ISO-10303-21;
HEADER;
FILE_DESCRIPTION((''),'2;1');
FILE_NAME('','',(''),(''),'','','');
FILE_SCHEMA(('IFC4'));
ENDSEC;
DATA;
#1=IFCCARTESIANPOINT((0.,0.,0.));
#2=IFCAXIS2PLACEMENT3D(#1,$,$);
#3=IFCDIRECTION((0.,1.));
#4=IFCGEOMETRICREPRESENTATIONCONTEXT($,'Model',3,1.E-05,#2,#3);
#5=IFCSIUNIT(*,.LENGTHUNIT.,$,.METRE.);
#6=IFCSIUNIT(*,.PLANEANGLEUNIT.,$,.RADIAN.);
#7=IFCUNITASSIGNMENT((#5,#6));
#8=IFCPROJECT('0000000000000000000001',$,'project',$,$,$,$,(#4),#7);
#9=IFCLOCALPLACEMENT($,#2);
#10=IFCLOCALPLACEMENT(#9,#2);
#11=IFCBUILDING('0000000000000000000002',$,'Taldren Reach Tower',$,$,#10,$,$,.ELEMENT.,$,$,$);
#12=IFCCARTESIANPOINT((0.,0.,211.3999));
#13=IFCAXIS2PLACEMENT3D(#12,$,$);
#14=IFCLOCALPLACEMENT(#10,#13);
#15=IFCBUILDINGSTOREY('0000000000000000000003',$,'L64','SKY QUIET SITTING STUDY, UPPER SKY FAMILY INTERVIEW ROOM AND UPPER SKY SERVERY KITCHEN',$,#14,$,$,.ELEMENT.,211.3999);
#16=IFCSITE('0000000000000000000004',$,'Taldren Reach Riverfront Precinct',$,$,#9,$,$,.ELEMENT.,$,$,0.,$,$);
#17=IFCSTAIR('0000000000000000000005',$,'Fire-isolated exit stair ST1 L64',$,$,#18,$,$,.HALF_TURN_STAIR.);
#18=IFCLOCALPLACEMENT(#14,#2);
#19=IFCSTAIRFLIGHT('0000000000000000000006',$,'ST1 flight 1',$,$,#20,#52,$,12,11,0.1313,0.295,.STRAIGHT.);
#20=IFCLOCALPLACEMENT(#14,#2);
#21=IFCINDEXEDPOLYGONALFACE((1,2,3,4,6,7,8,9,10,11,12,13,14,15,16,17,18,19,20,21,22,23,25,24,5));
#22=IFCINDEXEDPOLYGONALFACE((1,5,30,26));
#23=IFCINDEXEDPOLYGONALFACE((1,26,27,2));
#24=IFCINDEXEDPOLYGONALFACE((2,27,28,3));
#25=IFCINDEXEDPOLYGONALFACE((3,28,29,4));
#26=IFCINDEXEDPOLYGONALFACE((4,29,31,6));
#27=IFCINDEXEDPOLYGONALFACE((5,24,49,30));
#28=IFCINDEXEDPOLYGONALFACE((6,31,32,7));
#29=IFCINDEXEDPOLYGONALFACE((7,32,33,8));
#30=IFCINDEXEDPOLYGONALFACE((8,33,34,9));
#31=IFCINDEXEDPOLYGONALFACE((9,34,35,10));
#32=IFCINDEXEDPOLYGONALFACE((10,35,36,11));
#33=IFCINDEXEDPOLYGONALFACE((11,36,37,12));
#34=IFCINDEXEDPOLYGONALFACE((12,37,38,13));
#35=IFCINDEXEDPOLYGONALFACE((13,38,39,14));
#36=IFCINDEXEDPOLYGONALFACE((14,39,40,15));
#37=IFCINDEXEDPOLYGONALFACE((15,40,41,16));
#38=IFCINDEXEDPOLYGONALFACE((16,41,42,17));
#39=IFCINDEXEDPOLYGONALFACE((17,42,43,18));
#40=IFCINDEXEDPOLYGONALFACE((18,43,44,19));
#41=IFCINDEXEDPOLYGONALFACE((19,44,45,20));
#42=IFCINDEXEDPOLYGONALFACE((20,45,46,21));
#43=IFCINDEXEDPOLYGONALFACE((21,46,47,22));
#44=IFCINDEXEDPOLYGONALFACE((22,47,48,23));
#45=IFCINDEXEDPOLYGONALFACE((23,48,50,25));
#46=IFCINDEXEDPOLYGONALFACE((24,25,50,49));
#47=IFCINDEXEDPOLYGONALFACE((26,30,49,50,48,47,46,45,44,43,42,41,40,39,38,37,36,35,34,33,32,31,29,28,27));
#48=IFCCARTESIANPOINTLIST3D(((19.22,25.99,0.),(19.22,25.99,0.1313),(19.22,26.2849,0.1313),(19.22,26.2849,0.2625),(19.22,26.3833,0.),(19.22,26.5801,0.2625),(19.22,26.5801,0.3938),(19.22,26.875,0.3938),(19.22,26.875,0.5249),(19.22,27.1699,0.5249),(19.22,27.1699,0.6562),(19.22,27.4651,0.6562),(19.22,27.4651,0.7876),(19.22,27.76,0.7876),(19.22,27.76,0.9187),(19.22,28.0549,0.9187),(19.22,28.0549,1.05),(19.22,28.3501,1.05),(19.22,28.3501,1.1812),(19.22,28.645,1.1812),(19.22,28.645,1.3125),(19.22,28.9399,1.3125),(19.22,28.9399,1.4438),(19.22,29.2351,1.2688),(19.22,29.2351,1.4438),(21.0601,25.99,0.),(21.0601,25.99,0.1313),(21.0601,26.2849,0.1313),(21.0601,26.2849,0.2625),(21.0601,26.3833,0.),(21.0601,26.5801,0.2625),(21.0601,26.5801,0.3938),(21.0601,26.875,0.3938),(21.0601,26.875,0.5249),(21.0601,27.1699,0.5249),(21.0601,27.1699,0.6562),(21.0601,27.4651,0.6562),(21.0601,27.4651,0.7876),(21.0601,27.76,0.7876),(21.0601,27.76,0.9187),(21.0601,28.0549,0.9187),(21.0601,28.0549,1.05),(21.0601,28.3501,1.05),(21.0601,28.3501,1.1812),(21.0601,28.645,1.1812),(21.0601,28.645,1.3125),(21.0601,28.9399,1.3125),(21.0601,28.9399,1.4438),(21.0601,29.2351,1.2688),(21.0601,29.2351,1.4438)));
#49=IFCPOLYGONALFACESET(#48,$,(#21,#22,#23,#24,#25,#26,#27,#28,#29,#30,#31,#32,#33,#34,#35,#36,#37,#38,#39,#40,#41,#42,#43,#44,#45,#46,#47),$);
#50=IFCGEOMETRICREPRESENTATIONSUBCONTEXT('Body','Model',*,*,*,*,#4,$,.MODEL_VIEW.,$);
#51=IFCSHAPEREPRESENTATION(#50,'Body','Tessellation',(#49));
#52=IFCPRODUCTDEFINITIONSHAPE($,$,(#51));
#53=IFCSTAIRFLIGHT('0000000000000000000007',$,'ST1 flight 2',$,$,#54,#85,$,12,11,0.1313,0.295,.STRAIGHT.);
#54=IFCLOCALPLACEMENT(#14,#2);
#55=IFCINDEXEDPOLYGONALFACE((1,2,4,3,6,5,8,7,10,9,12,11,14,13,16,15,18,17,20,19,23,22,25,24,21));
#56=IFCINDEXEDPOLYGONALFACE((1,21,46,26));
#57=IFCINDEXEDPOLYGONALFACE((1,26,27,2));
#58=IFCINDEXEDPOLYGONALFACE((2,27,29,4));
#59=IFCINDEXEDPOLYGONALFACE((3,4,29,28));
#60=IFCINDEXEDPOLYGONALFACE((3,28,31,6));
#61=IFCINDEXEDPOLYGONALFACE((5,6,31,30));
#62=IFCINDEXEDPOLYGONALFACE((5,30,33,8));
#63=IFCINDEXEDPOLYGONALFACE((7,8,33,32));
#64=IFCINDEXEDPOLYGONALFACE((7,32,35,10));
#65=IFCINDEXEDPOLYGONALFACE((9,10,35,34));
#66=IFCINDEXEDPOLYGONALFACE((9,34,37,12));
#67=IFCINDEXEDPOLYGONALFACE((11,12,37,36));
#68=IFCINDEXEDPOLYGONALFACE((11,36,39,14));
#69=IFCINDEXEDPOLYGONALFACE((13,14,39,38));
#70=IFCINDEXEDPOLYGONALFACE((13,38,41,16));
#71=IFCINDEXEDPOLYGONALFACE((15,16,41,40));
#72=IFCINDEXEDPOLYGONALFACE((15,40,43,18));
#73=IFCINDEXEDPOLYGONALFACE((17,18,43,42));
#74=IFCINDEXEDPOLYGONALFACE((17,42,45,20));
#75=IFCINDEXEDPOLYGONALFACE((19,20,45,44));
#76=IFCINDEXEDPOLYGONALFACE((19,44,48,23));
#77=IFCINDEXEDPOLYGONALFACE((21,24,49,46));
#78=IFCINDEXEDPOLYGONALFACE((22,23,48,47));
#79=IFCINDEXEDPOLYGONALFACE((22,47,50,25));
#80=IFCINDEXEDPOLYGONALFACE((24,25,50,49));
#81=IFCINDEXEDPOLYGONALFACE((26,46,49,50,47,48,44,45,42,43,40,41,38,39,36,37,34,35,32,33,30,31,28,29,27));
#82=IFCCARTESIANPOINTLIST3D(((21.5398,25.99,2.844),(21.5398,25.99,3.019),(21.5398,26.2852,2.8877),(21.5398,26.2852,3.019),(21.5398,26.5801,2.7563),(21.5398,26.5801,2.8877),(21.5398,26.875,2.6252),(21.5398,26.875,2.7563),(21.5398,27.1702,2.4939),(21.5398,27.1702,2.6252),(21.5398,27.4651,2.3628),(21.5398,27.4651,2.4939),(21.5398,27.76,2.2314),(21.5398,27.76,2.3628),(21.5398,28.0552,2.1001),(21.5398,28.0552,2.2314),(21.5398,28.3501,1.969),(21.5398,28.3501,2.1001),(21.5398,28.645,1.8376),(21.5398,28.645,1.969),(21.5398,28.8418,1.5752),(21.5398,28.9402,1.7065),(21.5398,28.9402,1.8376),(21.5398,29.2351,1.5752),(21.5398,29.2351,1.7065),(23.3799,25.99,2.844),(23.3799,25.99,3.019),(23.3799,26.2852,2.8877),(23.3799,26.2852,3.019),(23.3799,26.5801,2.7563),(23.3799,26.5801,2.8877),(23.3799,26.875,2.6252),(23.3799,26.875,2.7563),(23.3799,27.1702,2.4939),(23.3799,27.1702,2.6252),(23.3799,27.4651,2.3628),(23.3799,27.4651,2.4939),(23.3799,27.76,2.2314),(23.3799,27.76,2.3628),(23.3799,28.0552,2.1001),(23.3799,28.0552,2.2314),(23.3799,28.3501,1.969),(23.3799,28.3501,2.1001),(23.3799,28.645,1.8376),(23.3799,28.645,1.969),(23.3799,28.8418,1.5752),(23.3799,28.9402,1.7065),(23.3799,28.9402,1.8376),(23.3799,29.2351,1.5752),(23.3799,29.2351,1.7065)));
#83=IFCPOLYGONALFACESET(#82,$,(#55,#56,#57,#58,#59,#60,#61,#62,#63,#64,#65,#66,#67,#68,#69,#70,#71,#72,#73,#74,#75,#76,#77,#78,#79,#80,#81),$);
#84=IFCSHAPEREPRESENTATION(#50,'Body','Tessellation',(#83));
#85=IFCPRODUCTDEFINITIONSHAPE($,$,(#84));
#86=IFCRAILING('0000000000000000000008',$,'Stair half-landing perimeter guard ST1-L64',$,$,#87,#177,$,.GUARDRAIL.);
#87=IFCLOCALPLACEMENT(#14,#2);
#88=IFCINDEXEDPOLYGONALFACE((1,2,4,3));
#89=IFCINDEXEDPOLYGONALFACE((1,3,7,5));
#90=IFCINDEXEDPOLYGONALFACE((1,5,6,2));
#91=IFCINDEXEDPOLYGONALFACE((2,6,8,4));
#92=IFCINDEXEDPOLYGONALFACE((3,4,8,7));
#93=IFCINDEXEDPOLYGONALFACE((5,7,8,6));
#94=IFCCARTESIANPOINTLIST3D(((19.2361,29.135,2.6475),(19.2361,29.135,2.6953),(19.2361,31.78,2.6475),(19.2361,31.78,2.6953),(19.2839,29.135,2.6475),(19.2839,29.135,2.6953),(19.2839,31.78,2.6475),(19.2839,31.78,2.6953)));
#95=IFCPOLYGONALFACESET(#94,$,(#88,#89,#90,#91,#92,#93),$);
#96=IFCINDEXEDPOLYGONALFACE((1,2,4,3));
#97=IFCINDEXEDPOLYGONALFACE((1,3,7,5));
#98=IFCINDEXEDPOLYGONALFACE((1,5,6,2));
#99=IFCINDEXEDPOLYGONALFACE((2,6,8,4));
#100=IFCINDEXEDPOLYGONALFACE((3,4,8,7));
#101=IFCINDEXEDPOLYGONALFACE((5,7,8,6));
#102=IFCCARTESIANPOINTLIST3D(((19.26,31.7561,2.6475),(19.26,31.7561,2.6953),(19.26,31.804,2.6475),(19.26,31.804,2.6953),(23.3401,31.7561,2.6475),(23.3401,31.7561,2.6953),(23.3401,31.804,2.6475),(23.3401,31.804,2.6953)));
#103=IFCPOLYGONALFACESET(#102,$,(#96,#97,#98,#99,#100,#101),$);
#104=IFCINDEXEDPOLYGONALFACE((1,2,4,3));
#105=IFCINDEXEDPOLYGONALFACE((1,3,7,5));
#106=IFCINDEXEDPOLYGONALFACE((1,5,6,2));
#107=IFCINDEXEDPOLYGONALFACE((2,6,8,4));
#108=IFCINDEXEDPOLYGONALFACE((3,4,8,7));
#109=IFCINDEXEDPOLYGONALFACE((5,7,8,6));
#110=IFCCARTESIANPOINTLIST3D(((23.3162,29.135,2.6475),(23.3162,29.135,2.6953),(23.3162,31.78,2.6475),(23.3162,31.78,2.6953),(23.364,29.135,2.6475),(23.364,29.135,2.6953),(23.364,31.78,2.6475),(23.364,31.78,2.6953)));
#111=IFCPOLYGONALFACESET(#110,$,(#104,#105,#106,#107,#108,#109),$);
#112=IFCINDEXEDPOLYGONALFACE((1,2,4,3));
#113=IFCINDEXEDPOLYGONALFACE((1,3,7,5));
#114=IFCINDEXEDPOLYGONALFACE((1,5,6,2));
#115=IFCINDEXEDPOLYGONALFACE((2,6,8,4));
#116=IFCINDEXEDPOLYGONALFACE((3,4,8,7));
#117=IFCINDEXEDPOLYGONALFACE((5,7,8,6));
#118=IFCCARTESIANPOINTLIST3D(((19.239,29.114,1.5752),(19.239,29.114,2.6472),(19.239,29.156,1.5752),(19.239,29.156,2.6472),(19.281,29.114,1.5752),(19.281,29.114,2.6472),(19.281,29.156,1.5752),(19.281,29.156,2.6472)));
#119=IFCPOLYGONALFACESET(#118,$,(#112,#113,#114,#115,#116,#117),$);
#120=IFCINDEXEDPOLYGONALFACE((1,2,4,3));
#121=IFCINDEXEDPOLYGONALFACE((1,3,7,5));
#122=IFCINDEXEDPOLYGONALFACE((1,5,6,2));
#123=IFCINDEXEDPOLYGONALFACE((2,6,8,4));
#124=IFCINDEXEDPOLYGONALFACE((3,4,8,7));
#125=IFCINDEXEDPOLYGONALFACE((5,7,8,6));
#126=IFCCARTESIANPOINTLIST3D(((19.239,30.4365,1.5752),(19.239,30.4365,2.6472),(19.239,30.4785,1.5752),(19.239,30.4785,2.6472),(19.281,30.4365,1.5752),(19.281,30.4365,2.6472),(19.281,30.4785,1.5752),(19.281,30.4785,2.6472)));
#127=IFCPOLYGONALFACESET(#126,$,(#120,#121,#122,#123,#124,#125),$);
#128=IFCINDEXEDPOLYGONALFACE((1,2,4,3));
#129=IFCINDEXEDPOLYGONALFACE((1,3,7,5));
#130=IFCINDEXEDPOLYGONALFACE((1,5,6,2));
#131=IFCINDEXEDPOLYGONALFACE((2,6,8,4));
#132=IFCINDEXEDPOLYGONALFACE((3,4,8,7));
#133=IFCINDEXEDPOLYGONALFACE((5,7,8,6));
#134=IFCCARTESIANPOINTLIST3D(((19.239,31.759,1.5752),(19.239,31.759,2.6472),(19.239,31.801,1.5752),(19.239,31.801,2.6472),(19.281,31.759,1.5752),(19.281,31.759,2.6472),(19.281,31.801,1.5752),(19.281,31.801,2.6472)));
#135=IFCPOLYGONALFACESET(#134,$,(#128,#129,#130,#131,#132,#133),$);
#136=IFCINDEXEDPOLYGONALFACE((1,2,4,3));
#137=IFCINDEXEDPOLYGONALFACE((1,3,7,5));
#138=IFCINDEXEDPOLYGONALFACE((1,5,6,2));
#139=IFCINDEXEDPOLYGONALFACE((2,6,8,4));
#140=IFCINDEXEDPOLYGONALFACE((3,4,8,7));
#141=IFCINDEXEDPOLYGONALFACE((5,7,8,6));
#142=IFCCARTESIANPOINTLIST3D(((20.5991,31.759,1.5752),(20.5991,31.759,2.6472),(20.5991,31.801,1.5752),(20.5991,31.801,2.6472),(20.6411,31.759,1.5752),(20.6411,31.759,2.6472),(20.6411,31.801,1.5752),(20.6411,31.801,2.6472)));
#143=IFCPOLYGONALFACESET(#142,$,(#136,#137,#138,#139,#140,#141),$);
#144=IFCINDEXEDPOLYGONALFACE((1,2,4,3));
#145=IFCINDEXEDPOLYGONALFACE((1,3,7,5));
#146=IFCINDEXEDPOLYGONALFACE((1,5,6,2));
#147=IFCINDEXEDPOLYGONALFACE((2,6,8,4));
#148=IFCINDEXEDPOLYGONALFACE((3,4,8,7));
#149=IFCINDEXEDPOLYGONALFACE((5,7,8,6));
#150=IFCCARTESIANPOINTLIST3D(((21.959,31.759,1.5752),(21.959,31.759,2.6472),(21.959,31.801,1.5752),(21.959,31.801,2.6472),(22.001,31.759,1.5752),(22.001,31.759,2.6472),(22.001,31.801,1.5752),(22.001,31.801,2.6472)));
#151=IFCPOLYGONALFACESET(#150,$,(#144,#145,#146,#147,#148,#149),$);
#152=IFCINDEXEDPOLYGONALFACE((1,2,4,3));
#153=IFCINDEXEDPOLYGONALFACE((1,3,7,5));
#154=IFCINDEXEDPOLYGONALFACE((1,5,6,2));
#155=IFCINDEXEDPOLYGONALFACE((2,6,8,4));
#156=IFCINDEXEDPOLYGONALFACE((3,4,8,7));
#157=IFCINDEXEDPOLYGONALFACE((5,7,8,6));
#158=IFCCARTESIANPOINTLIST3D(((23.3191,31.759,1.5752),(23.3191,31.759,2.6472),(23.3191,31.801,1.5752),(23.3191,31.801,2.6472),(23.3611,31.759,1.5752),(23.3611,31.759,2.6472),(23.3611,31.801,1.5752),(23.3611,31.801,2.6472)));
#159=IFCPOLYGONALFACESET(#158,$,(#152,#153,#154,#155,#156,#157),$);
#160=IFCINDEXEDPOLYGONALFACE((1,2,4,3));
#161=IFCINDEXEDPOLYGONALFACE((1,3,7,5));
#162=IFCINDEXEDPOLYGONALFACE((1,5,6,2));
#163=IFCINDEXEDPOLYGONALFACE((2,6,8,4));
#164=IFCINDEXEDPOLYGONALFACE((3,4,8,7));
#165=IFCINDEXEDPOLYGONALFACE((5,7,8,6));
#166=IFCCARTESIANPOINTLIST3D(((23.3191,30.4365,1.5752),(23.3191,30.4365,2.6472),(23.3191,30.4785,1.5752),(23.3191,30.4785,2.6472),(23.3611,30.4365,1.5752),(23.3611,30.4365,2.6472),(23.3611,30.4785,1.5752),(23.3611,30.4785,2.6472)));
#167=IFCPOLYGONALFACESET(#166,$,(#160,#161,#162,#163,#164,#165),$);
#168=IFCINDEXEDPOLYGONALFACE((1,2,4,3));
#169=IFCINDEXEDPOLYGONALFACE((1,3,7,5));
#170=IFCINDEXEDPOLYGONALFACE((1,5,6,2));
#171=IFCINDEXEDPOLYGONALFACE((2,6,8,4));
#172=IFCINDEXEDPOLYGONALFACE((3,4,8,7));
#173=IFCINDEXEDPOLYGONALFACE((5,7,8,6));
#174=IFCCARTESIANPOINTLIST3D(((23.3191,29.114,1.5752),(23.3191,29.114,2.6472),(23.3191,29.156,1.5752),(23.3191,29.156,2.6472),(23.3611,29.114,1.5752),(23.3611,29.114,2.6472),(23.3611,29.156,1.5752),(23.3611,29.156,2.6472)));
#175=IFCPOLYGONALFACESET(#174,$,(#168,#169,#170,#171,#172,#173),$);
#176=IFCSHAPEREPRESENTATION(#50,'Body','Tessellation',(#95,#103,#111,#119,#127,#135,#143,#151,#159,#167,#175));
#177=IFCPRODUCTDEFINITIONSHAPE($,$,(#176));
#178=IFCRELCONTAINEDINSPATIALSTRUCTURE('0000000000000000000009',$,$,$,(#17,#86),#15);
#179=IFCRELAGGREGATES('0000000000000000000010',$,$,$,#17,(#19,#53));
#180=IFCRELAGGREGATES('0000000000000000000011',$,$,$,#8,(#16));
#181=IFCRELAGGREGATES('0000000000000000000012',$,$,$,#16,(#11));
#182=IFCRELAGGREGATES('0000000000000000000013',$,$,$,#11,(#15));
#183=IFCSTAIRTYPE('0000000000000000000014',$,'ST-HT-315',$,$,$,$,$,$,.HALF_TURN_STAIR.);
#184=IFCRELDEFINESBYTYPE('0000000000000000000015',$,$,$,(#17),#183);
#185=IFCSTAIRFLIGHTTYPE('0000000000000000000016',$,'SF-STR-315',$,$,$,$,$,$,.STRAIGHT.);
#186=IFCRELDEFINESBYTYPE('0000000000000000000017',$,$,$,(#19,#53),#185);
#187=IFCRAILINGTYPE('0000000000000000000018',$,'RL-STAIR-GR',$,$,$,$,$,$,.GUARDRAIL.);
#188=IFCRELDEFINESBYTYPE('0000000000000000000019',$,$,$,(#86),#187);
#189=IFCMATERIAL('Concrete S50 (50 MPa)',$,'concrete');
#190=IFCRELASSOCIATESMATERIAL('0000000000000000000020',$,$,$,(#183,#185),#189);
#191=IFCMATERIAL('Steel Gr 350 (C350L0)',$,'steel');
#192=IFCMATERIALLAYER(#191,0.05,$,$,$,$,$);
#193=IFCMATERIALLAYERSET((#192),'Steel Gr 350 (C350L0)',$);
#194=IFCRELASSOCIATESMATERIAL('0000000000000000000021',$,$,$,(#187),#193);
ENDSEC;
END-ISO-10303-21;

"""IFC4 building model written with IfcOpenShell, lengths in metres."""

from ifc_helpers import new_model, si_unit, direction, frame, origin, origin_2d, place, context, subcontext, project, spatial, polyline, rectangle, outline, extrude, material, layer, layer_set, type_object, element, aggregate, save


model = new_model("IFC4")

# Units and contexts
model_context = context("Model", 3, precision=1e-05, world=origin(), true_north=direction((0.0, 1.0)))
body_context = subcontext(model_context, "Body", "Model", "MODEL_VIEW")
ifc_project = project(units=[si_unit("LENGTHUNIT", "METRE"), si_unit("PLANEANGLEUNIT", "RADIAN")], contexts=[model_context])

# Site, building, storey
site_placement = place(None, origin())
site = spatial("IfcSite", under=ifc_project, at=site_placement, Name="Taldren Reach Riverfront Precinct", CompositionType="ELEMENT", RefElevation=0.0)
building_placement = place(site_placement, origin())
building = spatial("IfcBuilding", under=site, at=building_placement, Name="Taldren Reach Tower", CompositionType="ELEMENT")
storey_placement = place(building_placement, frame((0.0, 0.0, 211.3999)))
storey = spatial("IfcBuildingStorey", under=building, at=storey_placement, Name="L64", Description="SKY QUIET SITTING STUDY, UPPER SKY FAMILY INTERVIEW ROOM AND UPPER SKY SERVERY KITCHEN", CompositionType="ELEMENT", Elevation=211.3999)

# Shared definitions
ifc_material_1 = material(Name="Steel Gr 350 (C350L0)", Category="steel")

# Stair, stair flights
ifc_material_2 = material(Name="Concrete S50 (50 MPa)", Category="concrete")
stair_type = type_object("IfcStairType", Name="ST-HT-315", PredefinedType="HALF_TURN_STAIR", material=ifc_material_2)
stair_placement = place(storey_placement, origin())
stair = element("IfcStair", 1, at=stair_placement, inside=storey, type_object=stair_type, Name="Fire-isolated exit stair ST1 L64", PredefinedType="HALF_TURN_STAIR")
stair_flight_type = type_object("IfcStairFlightType", Name="SF-STR-315", PredefinedType="STRAIGHT", material=ifc_material_2)
stair_flight_1_placement = place(storey_placement, frame((20.1399, 25.99, 0.0), z_axis=(0.0, 0.0, 1.0), x_axis=(0.0, 1.0, 0.0)))
stair_flight_1 = element("IfcStairFlight", 2, at=stair_flight_1_placement, type_object=stair_flight_type, Name="ST1 flight 1", NumberOfRisers=12, NumberOfTreads=11, PredefinedType="STRAIGHT", RiserHeight=0.1313, TreadLength=0.295, context=body_context, shape_type="SweptSolid", body=[
    extrude(outline(polyline([(0.0, 0.0), (0.0, 0.1313), (0.2949, 0.1313), (0.2949, 0.2625), (0.5901, 0.2625), (0.5901, 0.3938), (0.885, 0.3938), (0.885, 0.5249), (1.1799, 0.5249), (1.1799, 0.6562), (1.4751, 0.6562), (1.4751, 0.7876), (1.77, 0.7876), (1.77, 0.9187), (2.0649, 0.9187), (2.0649, 1.05), (2.3601, 1.05), (2.3601, 1.1812), (2.655, 1.1812), (2.655, 1.3125), (2.95, 1.3125), (2.95, 1.4438), (3.2451, 1.4438), (3.2451, 1.575), (3.2451, 1.2688), (0.3933, 0.0), (0.0, 0.0)])), frame((0.0, 0.9199, 0.0), z_axis=(0.0, -1.0, 0.0), x_axis=(1.0, 0.0, 0.0)), (0.0, 0.0, 1.0), 1.8401),
])
stair_flight_2_placement = place(storey_placement, frame((22.46, 29.2351, 1.5752), z_axis=(0.0, 0.0, 1.0), x_axis=(0.0, -1.0, 0.0)))
stair_flight_2 = element("IfcStairFlight", 3, at=stair_flight_2_placement, type_object=stair_flight_type, Name="ST1 flight 2", NumberOfRisers=12, NumberOfTreads=11, PredefinedType="STRAIGHT", RiserHeight=0.1313, TreadLength=0.295, context=body_context, shape_type="SweptSolid", body=[
    extrude(outline(polyline([(0.0, 0.0), (0.0, 0.1313), (0.2949, 0.1313), (0.2949, 0.2625), (0.5901, 0.2625), (0.5901, 0.3938), (0.885, 0.3938), (0.885, 0.5249), (1.1799, 0.5249), (1.1799, 0.6562), (1.4751, 0.6562), (1.4751, 0.7876), (1.77, 0.7876), (1.77, 0.9187), (2.0649, 0.9187), (2.0649, 1.05), (2.3601, 1.05), (2.3601, 1.1812), (2.655, 1.1812), (2.655, 1.3125), (2.95, 1.3125), (2.95, 1.4438), (3.2451, 1.4438), (3.2451, 1.575), (3.2451, 1.2688), (0.3933, 0.0), (0.0, 0.0)])), frame((0.0, 0.9199, 0.0), z_axis=(0.0, -1.0, 0.0), x_axis=(1.0, 0.0, 0.0)), (0.0, 0.0, 1.0), 1.8401),
])
aggregate(stair, [stair_flight_1, stair_flight_2])

# Railing
ifc_layer_1 = layer(ifc_material_1, 0.05)
ifc_layer_set_1 = layer_set([ifc_layer_1], Name="Steel Gr 350 (C350L0)")
railing_type_1 = type_object("IfcRailingType", Name="RL-STAIR-GR", PredefinedType="GUARDRAIL", material=ifc_layer_set_1)
railing_1_placement = place(storey_placement, frame((19.26, 29.135, 1.5752)))
element("IfcRailing", 4, at=railing_1_placement, inside=storey, type_object=railing_type_1, Name="Stair half-landing perimeter guard ST1-L64", PredefinedType="GUARDRAIL", context=body_context, shape_type="SweptSolid", body=[
    extrude(rectangle(XDim=0.0479, YDim=0.0479, at=origin_2d()), frame((0.0, 0.0, 1.0962), z_axis=(0.0, 1.0, 0.0), x_axis=(-1.0, 0.0, 0.0)), (0.0, 0.0, 1.0), 2.645),
    extrude(rectangle(XDim=0.0479, YDim=0.0479, at=origin_2d()), frame((0.0, 2.645, 1.0962), z_axis=(1.0, 0.0, 0.0), x_axis=(0.0, 1.0, 0.0)), (0.0, 0.0, 1.0), 4.0801),
    extrude(rectangle(XDim=0.0479, YDim=0.0479, at=origin_2d()), frame((4.0801, 2.645, 1.0962), z_axis=(0.0, -1.0, 0.0), x_axis=(1.0, 0.0, 0.0)), (0.0, 0.0, 1.0), 2.645),
    extrude(rectangle(XDim=0.042, YDim=0.042, at=origin_2d()), origin(), (0.0, 0.0, 1.0), 1.072),
    extrude(rectangle(XDim=0.042, YDim=0.042, at=origin_2d()), frame((0.0, 1.3225, 0.0)), (0.0, 0.0, 1.0), 1.072),
    extrude(rectangle(XDim=0.042, YDim=0.042, at=origin_2d()), frame((0.0, 2.645, 0.0)), (0.0, 0.0, 1.0), 1.072),
    extrude(rectangle(XDim=0.042, YDim=0.042, at=origin_2d()), frame((1.3601, 2.645, 0.0)), (0.0, 0.0, 1.0), 1.072),
    extrude(rectangle(XDim=0.042, YDim=0.042, at=origin_2d()), frame((2.72, 2.645, 0.0)), (0.0, 0.0, 1.0), 1.072),
    extrude(rectangle(XDim=0.042, YDim=0.042, at=origin_2d()), frame((4.0801, 2.645, 0.0)), (0.0, 0.0, 1.0), 1.072),
    extrude(rectangle(XDim=0.042, YDim=0.042, at=origin_2d()), frame((4.0801, 1.3225, 0.0)), (0.0, 0.0, 1.0), 1.072),
    extrude(rectangle(XDim=0.042, YDim=0.042, at=origin_2d()), frame((4.0801, 0.0, 0.0)), (0.0, 0.0, 1.0), 1.072),
])

save(model, "model.ifc")
